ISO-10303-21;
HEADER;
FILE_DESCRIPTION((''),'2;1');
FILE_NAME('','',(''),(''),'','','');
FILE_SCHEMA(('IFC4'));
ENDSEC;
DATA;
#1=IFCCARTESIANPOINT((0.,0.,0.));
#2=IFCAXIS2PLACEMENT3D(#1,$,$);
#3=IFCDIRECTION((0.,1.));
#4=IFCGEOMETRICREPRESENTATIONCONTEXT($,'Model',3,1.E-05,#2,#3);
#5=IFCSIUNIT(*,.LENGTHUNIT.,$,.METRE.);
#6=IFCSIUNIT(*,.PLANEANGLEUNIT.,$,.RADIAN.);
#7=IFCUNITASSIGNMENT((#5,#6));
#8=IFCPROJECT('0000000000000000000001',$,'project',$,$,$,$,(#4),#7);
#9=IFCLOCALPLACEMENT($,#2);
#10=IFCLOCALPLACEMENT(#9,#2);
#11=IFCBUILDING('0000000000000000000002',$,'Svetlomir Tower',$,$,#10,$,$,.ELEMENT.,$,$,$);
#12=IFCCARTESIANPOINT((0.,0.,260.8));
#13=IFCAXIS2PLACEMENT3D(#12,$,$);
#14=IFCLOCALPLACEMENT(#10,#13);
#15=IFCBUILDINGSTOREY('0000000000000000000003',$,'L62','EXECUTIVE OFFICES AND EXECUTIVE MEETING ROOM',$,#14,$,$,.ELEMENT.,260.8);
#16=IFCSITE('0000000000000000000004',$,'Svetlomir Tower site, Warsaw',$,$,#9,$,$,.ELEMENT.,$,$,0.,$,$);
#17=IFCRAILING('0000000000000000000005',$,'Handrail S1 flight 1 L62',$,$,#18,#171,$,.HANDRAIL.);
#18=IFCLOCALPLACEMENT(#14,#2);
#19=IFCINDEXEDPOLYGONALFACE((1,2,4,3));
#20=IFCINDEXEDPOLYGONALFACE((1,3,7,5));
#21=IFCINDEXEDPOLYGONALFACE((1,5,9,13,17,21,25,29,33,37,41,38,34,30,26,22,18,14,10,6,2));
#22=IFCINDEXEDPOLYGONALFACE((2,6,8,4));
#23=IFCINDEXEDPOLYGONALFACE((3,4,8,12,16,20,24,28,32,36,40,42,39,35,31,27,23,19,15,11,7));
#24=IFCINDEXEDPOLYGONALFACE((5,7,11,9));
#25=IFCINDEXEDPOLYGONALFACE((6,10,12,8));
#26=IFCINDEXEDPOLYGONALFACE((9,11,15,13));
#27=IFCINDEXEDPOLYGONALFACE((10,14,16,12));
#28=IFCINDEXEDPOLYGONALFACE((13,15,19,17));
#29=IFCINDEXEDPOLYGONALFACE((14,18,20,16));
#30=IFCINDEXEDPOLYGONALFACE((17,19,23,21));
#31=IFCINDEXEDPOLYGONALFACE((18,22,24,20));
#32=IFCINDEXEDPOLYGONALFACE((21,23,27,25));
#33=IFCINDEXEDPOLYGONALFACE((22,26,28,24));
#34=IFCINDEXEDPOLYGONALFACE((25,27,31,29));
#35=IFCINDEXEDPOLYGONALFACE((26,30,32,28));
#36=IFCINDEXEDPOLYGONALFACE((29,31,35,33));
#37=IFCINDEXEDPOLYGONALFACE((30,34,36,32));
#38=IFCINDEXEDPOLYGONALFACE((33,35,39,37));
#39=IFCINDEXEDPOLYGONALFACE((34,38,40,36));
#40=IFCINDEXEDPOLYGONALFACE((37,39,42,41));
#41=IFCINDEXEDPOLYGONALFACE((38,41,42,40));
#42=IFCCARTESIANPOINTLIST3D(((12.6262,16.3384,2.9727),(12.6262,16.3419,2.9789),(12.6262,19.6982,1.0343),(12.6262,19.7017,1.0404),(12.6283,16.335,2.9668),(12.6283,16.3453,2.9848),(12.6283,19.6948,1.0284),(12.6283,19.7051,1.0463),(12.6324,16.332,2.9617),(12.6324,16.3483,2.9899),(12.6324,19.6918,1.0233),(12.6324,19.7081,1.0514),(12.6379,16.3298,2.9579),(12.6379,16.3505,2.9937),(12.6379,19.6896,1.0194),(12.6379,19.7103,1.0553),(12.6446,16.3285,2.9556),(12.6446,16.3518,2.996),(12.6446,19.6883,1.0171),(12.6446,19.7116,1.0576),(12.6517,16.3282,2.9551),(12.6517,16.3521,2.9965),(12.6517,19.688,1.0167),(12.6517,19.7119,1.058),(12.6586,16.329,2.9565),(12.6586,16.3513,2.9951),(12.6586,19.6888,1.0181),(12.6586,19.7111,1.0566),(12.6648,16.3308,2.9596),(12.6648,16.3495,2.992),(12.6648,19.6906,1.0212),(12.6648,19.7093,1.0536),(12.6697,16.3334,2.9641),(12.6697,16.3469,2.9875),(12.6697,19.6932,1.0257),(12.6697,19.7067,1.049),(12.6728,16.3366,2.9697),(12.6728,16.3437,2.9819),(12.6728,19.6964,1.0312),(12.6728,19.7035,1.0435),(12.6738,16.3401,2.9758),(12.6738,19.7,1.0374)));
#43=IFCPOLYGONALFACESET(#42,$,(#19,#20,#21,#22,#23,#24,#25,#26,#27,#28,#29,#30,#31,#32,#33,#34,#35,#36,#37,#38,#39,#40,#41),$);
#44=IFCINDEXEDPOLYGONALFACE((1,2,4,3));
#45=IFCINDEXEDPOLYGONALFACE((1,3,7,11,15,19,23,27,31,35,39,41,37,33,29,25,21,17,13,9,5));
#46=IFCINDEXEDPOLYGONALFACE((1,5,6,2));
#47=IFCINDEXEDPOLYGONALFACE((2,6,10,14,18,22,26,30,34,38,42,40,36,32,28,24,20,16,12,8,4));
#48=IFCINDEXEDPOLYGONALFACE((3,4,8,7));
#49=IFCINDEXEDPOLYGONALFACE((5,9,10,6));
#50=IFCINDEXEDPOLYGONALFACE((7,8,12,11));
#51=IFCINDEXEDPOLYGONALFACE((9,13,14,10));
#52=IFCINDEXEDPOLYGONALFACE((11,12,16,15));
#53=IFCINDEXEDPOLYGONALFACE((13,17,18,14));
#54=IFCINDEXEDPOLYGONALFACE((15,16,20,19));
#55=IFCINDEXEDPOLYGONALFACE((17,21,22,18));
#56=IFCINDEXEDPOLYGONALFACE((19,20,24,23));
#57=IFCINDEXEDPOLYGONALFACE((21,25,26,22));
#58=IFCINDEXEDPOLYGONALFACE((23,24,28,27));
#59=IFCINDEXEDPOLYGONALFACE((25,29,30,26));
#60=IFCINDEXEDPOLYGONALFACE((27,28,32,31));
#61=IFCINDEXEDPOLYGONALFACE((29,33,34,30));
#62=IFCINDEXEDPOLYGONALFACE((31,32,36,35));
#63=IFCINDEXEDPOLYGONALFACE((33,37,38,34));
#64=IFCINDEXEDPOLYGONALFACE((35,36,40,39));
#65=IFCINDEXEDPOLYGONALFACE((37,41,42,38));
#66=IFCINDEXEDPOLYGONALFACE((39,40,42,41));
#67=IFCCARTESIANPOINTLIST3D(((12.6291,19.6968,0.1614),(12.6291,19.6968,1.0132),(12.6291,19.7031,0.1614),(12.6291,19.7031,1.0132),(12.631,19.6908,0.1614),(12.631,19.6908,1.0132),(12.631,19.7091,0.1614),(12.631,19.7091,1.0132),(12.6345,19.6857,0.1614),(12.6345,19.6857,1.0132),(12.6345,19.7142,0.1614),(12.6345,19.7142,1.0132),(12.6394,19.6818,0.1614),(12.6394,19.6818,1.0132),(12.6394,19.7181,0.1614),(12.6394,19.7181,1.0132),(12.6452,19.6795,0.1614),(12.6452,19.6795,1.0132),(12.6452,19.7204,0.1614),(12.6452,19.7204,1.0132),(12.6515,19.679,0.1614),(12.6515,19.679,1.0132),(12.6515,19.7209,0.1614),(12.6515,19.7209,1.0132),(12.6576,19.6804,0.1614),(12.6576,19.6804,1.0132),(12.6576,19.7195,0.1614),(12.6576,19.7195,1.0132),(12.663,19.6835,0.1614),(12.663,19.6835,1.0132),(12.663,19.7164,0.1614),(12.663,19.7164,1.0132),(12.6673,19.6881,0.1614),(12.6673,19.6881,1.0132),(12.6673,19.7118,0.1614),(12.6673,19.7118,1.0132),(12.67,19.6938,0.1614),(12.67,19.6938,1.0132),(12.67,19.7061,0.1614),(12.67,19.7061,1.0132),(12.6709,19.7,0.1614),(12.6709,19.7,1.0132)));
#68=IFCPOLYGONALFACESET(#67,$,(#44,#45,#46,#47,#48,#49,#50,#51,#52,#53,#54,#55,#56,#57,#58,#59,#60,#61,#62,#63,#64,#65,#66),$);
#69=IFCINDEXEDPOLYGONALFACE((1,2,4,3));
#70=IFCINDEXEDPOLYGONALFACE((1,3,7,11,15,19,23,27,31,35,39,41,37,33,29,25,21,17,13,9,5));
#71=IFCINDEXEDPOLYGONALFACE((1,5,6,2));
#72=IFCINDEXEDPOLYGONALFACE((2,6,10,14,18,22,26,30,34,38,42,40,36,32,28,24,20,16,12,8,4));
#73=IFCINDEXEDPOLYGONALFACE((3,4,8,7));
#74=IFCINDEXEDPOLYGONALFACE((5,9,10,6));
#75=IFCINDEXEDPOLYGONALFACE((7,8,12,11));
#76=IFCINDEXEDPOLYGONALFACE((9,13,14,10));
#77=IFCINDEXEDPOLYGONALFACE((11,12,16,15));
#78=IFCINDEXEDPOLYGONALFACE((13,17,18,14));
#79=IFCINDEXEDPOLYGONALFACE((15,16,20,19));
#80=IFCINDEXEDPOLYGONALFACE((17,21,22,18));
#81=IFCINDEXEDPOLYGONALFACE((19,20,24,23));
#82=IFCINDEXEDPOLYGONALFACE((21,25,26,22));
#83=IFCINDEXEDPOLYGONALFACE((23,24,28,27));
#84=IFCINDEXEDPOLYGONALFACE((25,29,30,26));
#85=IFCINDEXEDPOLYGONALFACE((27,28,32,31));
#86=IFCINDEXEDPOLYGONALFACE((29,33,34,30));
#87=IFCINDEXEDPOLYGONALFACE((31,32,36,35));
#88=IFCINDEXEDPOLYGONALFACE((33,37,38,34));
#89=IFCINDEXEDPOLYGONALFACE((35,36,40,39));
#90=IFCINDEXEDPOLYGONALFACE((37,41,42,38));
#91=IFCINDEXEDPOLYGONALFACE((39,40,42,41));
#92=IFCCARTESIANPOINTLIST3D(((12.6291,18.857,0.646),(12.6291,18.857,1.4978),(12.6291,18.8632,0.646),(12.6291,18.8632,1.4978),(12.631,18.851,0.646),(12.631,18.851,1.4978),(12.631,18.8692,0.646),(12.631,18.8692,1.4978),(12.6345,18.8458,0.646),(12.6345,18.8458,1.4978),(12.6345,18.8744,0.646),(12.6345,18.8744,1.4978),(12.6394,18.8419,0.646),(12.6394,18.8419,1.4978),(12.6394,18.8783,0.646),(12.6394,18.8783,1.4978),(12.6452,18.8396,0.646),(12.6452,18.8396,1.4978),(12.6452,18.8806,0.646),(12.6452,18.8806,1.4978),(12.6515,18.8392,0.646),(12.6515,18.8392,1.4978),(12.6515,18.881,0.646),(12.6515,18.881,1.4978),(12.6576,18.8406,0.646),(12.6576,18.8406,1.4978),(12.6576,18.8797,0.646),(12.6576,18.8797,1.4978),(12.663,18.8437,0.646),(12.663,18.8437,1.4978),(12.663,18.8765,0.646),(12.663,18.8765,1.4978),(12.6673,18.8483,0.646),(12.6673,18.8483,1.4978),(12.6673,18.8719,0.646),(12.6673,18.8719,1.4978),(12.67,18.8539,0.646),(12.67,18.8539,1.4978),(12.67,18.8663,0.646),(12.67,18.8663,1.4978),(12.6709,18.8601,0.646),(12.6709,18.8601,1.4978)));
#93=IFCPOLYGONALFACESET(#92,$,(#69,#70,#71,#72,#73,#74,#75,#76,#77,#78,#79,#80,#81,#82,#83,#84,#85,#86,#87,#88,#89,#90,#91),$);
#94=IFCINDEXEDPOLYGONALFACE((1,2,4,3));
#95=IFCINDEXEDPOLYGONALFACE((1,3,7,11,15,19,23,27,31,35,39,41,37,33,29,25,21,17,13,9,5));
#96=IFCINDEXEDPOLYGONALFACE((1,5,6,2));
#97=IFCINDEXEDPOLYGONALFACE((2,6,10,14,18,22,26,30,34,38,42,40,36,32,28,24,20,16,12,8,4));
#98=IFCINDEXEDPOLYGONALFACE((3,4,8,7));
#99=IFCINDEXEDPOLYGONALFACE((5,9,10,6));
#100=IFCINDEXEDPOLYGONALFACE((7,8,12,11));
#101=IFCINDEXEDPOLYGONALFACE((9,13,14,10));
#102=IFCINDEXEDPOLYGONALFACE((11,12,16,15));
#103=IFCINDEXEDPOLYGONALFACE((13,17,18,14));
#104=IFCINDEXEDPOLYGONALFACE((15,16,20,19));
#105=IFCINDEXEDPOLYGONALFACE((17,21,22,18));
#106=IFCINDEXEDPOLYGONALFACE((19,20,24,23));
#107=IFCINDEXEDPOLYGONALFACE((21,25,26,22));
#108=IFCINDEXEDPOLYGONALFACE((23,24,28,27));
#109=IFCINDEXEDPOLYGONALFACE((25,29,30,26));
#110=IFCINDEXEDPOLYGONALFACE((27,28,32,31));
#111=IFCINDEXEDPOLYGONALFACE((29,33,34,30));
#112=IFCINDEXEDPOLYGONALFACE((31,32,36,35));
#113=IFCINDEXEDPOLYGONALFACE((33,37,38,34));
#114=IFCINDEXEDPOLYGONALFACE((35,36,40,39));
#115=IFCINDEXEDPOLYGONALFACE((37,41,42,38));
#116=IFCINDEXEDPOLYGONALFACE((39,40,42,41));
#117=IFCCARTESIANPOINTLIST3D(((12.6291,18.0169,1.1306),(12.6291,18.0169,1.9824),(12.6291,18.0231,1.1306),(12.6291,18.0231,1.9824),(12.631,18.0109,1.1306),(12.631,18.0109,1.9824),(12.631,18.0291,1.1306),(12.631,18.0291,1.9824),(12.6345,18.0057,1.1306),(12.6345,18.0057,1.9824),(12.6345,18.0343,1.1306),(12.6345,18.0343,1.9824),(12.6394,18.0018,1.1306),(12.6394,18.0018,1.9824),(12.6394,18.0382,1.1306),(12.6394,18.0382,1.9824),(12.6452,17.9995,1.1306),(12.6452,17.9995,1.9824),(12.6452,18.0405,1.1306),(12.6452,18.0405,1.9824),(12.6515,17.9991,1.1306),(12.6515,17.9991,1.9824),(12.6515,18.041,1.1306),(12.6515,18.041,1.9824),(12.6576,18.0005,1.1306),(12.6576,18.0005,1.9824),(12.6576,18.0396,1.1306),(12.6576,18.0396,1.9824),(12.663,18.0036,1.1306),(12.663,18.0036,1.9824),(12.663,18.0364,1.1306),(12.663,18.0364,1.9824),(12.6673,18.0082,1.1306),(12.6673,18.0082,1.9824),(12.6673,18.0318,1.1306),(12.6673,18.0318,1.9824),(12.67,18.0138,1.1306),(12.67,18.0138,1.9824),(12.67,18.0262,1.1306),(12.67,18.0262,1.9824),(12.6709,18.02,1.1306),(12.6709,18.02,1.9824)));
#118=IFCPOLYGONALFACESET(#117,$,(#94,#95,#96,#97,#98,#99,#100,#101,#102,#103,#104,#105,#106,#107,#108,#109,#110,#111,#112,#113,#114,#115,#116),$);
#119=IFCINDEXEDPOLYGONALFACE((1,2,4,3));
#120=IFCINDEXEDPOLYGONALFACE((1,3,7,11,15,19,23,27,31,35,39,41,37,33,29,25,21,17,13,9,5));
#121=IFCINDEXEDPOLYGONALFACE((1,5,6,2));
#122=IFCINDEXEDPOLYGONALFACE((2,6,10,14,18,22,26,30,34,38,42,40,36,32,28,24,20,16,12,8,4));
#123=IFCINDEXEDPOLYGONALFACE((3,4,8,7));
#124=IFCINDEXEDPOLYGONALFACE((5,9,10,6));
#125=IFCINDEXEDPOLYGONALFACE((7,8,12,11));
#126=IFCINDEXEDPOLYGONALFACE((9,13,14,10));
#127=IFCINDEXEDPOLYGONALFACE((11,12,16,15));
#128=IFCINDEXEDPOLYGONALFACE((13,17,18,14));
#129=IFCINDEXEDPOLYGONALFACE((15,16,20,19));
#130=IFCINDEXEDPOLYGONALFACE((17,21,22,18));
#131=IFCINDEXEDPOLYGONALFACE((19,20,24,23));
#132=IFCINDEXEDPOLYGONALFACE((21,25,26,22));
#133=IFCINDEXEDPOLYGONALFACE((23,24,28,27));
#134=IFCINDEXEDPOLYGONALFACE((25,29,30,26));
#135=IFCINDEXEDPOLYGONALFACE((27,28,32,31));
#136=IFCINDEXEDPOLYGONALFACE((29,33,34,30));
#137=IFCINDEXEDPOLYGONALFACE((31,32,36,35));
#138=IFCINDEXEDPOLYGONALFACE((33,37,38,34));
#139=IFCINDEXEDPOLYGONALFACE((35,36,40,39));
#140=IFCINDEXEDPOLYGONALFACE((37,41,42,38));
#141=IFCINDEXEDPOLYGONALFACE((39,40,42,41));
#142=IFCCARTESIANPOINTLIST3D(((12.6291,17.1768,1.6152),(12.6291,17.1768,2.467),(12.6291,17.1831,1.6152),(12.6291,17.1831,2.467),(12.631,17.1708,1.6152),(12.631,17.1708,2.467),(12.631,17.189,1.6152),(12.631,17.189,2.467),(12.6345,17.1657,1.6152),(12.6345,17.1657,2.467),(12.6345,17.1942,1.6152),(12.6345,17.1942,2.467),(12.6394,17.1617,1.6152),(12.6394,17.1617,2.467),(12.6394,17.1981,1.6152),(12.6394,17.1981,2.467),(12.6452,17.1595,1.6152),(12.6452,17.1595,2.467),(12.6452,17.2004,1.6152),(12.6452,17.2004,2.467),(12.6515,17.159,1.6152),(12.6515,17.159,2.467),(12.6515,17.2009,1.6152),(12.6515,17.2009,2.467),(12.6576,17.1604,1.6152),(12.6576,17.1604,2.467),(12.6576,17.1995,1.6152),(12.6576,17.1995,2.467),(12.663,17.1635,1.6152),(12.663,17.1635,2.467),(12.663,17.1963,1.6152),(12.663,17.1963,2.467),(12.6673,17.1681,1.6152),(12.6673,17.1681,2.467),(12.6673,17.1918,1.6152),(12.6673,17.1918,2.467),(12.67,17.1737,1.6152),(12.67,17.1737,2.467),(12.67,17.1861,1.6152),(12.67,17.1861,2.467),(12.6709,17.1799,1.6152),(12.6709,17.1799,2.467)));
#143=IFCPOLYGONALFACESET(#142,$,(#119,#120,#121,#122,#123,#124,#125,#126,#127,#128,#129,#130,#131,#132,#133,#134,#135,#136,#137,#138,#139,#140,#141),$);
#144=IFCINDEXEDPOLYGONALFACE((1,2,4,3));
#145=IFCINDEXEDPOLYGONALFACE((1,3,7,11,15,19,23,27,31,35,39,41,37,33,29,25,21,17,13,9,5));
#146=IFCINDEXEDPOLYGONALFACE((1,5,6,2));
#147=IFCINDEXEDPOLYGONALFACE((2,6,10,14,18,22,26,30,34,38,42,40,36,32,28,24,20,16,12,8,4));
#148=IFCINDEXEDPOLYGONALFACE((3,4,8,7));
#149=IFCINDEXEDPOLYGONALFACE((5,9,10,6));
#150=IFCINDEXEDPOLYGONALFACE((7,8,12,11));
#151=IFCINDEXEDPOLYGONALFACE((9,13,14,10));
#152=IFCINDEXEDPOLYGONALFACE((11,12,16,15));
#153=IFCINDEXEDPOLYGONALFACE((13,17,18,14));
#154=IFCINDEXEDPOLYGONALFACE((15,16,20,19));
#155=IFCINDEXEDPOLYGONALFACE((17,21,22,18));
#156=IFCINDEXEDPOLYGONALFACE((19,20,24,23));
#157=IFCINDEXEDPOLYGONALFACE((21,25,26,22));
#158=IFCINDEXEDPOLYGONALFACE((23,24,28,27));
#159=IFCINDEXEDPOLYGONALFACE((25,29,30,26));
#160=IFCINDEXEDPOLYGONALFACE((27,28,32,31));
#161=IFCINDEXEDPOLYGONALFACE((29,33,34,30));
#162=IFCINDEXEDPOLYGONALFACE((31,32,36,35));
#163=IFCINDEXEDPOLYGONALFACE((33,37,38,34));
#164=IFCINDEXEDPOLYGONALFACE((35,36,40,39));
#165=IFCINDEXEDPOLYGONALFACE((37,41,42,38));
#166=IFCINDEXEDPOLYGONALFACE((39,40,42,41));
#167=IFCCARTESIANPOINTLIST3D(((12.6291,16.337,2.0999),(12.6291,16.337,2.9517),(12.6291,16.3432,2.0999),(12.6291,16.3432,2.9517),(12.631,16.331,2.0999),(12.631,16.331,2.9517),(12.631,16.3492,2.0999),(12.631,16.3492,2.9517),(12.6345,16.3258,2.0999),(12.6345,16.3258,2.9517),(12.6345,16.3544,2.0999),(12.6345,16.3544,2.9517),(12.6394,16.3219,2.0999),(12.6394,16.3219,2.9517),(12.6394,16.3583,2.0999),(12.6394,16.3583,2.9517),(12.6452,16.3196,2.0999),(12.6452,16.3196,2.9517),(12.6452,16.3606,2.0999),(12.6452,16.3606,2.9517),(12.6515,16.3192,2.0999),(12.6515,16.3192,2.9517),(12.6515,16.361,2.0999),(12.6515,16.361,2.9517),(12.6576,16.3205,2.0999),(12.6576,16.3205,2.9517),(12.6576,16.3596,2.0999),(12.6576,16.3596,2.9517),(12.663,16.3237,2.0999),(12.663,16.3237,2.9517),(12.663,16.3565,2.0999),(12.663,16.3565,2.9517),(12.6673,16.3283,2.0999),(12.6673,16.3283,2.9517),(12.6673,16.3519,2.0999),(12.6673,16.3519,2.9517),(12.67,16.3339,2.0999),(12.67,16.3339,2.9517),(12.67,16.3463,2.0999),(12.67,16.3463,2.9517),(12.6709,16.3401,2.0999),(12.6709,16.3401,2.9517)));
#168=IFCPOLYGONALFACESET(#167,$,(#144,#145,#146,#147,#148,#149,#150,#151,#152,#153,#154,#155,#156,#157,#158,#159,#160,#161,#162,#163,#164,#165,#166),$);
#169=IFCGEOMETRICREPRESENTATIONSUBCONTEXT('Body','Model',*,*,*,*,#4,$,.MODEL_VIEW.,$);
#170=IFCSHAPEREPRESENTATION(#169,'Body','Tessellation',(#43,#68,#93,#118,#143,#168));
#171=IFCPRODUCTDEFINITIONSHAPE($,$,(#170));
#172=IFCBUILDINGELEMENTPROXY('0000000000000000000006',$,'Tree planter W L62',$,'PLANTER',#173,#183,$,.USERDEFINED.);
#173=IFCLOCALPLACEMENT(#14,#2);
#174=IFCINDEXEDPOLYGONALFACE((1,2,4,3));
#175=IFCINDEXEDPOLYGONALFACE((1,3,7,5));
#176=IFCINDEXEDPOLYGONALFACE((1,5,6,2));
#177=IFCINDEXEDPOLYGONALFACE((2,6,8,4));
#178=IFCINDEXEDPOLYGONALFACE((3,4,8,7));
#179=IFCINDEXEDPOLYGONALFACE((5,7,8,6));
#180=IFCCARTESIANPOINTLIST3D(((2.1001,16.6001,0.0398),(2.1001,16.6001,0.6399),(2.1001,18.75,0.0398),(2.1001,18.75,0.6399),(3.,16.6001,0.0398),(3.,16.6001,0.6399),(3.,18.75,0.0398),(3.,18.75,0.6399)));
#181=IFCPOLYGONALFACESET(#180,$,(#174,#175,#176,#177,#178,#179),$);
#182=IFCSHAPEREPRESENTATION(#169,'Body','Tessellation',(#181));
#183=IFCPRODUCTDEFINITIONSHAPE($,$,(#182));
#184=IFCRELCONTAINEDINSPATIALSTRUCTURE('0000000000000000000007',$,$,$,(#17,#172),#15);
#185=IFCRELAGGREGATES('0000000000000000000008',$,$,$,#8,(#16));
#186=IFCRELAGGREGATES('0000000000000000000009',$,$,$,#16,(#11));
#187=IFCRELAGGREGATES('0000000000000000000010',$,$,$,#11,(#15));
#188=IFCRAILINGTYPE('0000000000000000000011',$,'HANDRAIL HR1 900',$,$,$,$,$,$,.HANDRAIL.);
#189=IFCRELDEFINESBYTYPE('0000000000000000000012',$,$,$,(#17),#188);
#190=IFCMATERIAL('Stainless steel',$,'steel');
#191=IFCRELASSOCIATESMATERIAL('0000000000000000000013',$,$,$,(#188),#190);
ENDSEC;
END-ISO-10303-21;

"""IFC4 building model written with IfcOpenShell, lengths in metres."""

from ifc_helpers import new_model, si_unit, direction, frame, origin, origin_2d, place, context, subcontext, project, spatial, rectangle, circle, extrude, material, type_object, element, save


model = new_model("IFC4")

# Units and contexts
model_context = context("Model", 3, precision=1e-05, world=origin(), true_north=direction((0.0, 1.0)))
body_context = subcontext(model_context, "Body", "Model", "MODEL_VIEW")
ifc_project = project(units=[si_unit("LENGTHUNIT", "METRE"), si_unit("PLANEANGLEUNIT", "RADIAN")], contexts=[model_context])

# Site, building, storey
site_placement = place(None, origin())
site = spatial("IfcSite", under=ifc_project, at=site_placement, Name="Svetlomir Tower site, Warsaw", CompositionType="ELEMENT", RefElevation=0.0)
building_placement = place(site_placement, origin())
building = spatial("IfcBuilding", under=site, at=building_placement, Name="Svetlomir Tower", CompositionType="ELEMENT")
storey_placement = place(building_placement, frame((0.0, 0.0, 260.8)))
storey = spatial("IfcBuildingStorey", under=building, at=storey_placement, Name="L62", Description="EXECUTIVE OFFICES AND EXECUTIVE MEETING ROOM", CompositionType="ELEMENT", Elevation=260.8)

# Railing
ifc_material_1 = material(Name="Stainless steel", Category="steel")
railing_type_1 = type_object("IfcRailingType", Name="HANDRAIL HR1 900", PredefinedType="HANDRAIL", material=ifc_material_1)
railing_1_placement = place(storey_placement, frame((12.6499, 19.7, 0.1614)))
element("IfcRailing", 1, at=railing_1_placement, inside=storey, type_object=railing_type_1, Name="Handrail S1 flight 1 L62", PredefinedType="HANDRAIL", context=body_context, shape_type="SweptSolid", body=[
    extrude(circle(Radius=0.0239, at=origin_2d()), frame((0.0, 0.0, 0.876), z_axis=(0.0, -0.866175, 0.499741), x_axis=(1.0, 0.0, 0.0)), (0.0, 0.0, 1.0), 3.8789),
    extrude(circle(Radius=0.021, at=origin_2d()), origin(), (0.0, 0.0, 1.0), 0.8518),
    extrude(circle(Radius=0.021, at=origin_2d()), frame((0.0, -0.8398, 0.4846)), (0.0, 0.0, 1.0), 0.8518),
    extrude(circle(Radius=0.021, at=origin_2d()), frame((0.0, -1.6799, 0.9692)), (0.0, 0.0, 1.0), 0.8518),
    extrude(circle(Radius=0.021, at=origin_2d()), frame((0.0, -2.52, 1.4539)), (0.0, 0.0, 1.0), 0.8518),
    extrude(circle(Radius=0.021, at=origin_2d()), frame((0.0, -3.3599, 1.9385)), (0.0, 0.0, 1.0), 0.8518),
])

# Building element proxy
proxy_placement = place(storey_placement, frame((2.55, 17.675, 0.0398), z_axis=(0.0, 0.0, 1.0), x_axis=(1.0, 0.0, 0.0)))
element("IfcBuildingElementProxy", 2, at=proxy_placement, inside=storey, Name="Tree planter W L62", ObjectType="PLANTER", PredefinedType="USERDEFINED", context=body_context, shape_type="SweptSolid", body=[
    extrude(rectangle(XDim=0.8999, YDim=2.1499, at=origin_2d()), origin(), (0.0, 0.0, 1.0), 0.6001),
])

save(model, "model.ifc")
